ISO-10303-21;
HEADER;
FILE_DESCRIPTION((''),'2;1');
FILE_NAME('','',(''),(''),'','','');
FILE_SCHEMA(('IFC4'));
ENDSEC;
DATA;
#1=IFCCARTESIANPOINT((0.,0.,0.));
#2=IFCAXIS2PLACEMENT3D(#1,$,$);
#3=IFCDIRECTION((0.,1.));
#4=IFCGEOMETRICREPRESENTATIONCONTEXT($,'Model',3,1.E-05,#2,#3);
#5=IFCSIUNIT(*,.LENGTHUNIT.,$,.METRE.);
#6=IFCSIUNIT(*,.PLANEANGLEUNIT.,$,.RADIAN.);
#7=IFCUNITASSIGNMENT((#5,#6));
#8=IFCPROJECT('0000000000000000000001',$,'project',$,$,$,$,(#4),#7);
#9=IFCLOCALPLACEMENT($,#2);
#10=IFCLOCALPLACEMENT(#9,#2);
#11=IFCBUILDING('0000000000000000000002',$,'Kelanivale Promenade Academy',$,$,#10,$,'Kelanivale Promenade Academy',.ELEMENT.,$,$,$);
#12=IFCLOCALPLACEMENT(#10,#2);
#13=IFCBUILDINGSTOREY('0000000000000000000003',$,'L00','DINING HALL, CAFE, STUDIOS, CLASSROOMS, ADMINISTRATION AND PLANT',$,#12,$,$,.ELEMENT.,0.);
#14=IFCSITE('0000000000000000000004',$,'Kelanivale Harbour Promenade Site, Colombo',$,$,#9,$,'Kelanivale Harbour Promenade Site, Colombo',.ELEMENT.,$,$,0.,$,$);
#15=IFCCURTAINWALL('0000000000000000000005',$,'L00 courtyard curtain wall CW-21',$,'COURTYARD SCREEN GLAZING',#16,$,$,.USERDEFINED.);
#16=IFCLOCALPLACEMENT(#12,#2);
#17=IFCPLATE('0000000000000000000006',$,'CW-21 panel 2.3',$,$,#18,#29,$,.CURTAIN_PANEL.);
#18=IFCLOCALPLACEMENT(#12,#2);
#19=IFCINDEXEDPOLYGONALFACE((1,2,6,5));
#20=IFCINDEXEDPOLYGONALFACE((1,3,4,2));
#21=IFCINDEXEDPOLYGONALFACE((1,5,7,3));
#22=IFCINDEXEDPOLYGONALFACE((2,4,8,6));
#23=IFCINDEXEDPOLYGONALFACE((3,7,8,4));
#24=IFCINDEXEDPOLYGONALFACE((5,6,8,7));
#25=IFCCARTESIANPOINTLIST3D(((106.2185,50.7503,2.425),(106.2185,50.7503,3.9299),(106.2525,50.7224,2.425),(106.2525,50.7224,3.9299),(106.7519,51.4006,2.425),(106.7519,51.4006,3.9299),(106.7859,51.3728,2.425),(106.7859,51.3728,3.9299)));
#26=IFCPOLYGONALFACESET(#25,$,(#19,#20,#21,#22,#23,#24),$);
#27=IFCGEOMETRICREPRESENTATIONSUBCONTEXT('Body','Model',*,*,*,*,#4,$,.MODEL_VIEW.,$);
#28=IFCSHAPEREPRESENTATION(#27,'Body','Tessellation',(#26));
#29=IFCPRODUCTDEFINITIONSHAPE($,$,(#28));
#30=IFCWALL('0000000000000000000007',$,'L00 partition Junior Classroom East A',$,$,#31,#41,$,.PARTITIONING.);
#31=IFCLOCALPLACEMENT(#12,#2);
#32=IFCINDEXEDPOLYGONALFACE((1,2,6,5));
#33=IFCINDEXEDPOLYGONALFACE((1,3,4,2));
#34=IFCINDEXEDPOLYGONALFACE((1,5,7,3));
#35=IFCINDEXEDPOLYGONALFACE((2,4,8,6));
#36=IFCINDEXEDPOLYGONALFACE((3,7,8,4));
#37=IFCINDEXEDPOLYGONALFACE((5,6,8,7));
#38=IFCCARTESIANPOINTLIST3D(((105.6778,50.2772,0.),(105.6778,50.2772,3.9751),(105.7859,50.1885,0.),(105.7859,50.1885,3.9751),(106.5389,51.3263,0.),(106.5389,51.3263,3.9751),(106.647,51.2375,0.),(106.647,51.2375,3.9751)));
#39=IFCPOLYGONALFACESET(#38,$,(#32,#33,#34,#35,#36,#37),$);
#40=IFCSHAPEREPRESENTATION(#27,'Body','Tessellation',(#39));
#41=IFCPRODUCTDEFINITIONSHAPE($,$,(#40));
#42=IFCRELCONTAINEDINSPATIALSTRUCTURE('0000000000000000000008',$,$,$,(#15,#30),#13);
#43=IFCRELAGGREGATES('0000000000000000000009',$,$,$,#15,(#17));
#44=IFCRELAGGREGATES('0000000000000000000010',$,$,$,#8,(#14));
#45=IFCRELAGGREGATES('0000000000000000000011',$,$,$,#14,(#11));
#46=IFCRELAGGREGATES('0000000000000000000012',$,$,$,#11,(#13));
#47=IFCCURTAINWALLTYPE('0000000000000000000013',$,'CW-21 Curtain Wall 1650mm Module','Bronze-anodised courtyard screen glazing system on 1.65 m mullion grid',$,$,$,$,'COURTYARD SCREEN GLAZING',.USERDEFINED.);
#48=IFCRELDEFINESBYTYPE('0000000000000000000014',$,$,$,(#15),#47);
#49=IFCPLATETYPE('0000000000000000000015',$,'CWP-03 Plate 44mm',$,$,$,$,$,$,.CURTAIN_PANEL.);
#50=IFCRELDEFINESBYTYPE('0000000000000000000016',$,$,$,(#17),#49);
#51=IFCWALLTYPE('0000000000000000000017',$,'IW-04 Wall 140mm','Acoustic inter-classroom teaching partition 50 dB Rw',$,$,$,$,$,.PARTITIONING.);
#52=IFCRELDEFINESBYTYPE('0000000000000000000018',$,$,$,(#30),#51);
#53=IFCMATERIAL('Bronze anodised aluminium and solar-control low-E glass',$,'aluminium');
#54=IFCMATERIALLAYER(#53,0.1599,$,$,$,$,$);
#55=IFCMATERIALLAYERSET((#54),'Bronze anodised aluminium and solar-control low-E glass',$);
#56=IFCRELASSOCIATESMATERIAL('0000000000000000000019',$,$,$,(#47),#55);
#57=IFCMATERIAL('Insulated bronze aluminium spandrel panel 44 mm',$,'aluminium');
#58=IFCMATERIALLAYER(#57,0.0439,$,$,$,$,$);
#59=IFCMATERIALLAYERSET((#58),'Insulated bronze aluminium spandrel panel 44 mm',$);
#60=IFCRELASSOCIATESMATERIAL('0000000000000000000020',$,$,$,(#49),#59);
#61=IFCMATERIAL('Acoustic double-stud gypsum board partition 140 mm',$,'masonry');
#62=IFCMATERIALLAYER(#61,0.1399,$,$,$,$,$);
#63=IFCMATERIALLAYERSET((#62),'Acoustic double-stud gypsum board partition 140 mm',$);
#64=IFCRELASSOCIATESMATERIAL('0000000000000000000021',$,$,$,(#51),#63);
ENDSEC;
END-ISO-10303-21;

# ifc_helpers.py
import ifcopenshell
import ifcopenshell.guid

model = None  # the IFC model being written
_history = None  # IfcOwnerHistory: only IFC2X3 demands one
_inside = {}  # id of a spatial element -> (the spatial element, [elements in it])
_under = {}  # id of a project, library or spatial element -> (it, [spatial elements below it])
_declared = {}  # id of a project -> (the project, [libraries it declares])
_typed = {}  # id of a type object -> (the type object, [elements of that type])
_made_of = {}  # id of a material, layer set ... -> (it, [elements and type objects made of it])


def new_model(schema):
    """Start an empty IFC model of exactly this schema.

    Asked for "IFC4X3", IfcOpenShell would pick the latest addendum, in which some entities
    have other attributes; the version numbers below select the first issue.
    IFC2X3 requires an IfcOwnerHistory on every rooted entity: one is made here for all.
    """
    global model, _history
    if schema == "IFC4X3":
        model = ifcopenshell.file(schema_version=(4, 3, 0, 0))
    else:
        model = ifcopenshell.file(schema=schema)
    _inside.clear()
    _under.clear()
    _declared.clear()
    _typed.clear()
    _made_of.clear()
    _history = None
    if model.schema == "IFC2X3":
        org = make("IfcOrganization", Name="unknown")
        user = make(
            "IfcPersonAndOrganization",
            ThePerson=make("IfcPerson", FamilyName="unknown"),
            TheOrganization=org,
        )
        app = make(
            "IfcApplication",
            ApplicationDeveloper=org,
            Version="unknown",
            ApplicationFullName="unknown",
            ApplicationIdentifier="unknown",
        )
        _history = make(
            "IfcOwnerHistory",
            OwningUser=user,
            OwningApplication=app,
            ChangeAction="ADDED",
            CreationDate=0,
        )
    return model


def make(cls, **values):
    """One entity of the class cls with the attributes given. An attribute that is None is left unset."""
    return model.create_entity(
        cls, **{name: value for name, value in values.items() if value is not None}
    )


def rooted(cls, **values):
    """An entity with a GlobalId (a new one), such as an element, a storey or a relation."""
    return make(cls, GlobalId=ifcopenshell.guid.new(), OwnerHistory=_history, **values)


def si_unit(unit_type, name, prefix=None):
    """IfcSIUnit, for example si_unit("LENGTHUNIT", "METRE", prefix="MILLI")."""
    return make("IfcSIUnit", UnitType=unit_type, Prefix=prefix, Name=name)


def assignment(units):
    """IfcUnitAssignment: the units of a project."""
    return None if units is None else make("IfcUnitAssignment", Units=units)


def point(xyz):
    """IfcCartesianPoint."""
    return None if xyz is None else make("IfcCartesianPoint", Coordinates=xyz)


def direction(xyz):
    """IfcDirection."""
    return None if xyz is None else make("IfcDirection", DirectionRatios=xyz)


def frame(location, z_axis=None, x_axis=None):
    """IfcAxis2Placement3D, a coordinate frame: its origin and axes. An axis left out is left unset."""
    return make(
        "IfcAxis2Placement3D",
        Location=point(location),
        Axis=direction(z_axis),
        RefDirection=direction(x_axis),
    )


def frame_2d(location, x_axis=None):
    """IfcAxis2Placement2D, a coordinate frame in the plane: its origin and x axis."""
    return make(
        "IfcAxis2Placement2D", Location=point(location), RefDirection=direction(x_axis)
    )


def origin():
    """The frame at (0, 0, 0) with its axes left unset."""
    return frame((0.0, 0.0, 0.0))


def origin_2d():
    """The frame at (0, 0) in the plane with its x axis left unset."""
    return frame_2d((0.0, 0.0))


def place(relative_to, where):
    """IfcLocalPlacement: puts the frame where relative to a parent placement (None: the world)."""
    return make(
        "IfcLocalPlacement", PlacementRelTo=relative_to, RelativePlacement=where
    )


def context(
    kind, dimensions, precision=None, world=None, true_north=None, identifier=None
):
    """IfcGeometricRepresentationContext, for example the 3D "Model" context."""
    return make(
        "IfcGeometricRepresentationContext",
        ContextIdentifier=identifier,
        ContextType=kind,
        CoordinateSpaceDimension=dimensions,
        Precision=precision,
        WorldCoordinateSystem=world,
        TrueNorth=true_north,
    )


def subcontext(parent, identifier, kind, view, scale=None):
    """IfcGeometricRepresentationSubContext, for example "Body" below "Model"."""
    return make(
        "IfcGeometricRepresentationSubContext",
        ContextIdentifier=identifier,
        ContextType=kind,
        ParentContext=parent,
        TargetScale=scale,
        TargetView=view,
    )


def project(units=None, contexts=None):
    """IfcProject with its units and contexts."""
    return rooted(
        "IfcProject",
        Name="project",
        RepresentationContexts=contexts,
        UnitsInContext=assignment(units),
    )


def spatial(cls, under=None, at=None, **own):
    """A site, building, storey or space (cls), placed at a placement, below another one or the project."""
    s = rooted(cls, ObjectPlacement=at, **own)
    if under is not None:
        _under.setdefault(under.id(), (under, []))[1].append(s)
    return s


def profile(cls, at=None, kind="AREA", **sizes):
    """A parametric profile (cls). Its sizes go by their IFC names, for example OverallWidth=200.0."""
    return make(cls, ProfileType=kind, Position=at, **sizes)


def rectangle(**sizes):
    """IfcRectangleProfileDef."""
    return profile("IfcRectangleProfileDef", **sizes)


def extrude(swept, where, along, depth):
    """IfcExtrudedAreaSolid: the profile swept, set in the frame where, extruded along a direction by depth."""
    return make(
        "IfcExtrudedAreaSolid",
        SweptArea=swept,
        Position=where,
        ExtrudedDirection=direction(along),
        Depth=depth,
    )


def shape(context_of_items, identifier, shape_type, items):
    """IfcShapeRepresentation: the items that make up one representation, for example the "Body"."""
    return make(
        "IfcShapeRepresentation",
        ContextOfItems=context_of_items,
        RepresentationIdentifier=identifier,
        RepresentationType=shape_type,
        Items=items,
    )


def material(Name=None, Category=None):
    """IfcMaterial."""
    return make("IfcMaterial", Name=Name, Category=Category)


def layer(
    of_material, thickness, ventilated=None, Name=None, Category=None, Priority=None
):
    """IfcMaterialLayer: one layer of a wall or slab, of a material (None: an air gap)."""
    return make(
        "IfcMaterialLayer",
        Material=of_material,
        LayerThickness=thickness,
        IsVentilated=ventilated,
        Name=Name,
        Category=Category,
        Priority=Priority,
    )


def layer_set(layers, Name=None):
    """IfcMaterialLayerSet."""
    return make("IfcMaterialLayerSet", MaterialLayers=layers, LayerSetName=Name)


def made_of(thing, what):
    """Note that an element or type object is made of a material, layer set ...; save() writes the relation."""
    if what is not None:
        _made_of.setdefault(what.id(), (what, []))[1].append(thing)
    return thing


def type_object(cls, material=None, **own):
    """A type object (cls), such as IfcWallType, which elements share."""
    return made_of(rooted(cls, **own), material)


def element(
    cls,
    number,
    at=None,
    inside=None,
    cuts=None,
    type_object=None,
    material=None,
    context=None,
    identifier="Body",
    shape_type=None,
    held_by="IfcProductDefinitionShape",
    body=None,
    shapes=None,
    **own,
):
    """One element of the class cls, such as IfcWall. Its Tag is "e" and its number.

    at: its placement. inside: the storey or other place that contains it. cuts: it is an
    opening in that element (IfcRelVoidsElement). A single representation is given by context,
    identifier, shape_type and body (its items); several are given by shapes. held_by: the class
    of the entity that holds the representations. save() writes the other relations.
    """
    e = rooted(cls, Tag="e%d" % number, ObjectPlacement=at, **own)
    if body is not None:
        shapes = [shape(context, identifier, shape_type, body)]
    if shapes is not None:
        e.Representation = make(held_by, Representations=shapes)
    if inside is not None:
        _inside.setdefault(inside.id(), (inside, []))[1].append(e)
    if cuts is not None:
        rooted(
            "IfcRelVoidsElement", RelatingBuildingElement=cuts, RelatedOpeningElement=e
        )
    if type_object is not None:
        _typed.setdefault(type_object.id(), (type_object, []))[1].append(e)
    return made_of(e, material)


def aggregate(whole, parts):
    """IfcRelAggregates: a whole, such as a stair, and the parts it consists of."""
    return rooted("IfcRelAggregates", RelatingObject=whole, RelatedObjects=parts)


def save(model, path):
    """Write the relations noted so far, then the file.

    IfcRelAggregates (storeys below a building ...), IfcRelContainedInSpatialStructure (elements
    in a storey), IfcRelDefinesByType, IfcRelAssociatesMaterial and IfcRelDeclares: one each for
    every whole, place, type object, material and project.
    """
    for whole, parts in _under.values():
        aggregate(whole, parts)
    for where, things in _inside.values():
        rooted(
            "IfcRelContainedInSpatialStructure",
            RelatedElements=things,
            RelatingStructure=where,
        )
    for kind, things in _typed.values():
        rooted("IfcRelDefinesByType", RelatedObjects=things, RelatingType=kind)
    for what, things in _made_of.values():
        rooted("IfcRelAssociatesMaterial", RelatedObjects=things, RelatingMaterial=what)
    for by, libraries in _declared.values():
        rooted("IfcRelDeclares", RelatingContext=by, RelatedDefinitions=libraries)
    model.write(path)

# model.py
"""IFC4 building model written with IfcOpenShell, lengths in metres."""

from ifc_helpers import new_model, si_unit, direction, frame, frame_2d, origin, origin_2d, place, context, subcontext, project, spatial, rectangle, extrude, material, layer, layer_set, type_object, element, aggregate, save


model = new_model("IFC4")

# Units and contexts
model_context = context("Model", 3, precision=1e-05, world=origin(), true_north=direction((0.0, 1.0)))
body_context = subcontext(model_context, "Body", "Model", "MODEL_VIEW")
ifc_project = project(units=[si_unit("LENGTHUNIT", "METRE"), si_unit("PLANEANGLEUNIT", "RADIAN")], contexts=[model_context])

# Site, building, storey
site_placement = place(None, origin())
site = spatial("IfcSite", under=ifc_project, at=site_placement, Name="Kelanivale Harbour Promenade Site, Colombo", LongName="Kelanivale Harbour Promenade Site, Colombo", CompositionType="ELEMENT", RefElevation=0.0)
building_placement = place(site_placement, origin())
building = spatial("IfcBuilding", under=site, at=building_placement, Name="Kelanivale Promenade Academy", LongName="Kelanivale Promenade Academy", CompositionType="ELEMENT")
storey_placement = place(building_placement, origin())
storey = spatial("IfcBuildingStorey", under=building, at=storey_placement, Name="L00", Description="DINING HALL, CAFE, STUDIOS, CLASSROOMS, ADMINISTRATION AND PLANT", CompositionType="ELEMENT", Elevation=0.0)

# Curtain wall
ifc_material_1 = material(Name="Bronze anodised aluminium and solar-control low-E glass", Category="aluminium")
ifc_layer_1 = layer(ifc_material_1, 0.1599)
ifc_layer_set_1 = layer_set([ifc_layer_1], Name="Bronze anodised aluminium and solar-control low-E glass")
curtain_wall_type_1 = type_object("IfcCurtainWallType", Name="CW-21 Curtain Wall 1650mm Module", Description="Bronze-anodised courtyard screen glazing system on 1.65 m mullion grid", ElementType="COURTYARD SCREEN GLAZING", PredefinedType="USERDEFINED", material=ifc_layer_set_1)
curtain_wall_1_placement = place(storey_placement, origin())
curtain_wall_1 = element("IfcCurtainWall", 1, at=curtain_wall_1_placement, inside=storey, type_object=curtain_wall_type_1, Name="L00 courtyard curtain wall CW-21", ObjectType="COURTYARD SCREEN GLAZING", PredefinedType="USERDEFINED")

# Plate
ifc_material_2 = material(Name="Insulated bronze aluminium spandrel panel 44 mm", Category="aluminium")
ifc_layer_2 = layer(ifc_material_2, 0.0439)
ifc_layer_set_2 = layer_set([ifc_layer_2], Name="Insulated bronze aluminium spandrel panel 44 mm")
plate_type_1 = type_object("IfcPlateType", Name="CWP-03 Plate 44mm", PredefinedType="CURTAIN_PANEL", material=ifc_layer_set_2)
plate_1_placement = place(storey_placement, frame((106.5022, 51.0615, 2.425), z_axis=(0.0, 0.0, 1.0), x_axis=(0.634144, 0.773215, 0.0)))
plate_1 = element("IfcPlate", 2, at=plate_1_placement, type_object=plate_type_1, Name="CW-21 panel 2.3", PredefinedType="CURTAIN_PANEL", context=body_context, shape_type="SweptSolid", body=[
    extrude(rectangle(XDim=0.8411, YDim=0.0439, at=origin_2d()), origin(), (0.0, 0.0, 1.0), 1.5049),
])
aggregate(curtain_wall_1, [plate_1])

# Wall
ifc_material_3 = material(Name="Acoustic double-stud gypsum board partition 140 mm", Category="masonry")
ifc_layer_3 = layer(ifc_material_3, 0.1399)
ifc_layer_set_3 = layer_set([ifc_layer_3], Name="Acoustic double-stud gypsum board partition 140 mm")
wall_type = type_object("IfcWallType", Name="IW-04 Wall 140mm", Description="Acoustic inter-classroom teaching partition 50 dB Rw", PredefinedType="PARTITIONING", material=ifc_layer_set_3)
wall_placement = place(storey_placement, frame((106.593, 51.282, 0.0), z_axis=(0.0, 0.0, 1.0), x_axis=(-0.634452, -0.772963, 0.0)))
element("IfcWall", 3, at=wall_placement, inside=storey, type_object=wall_type, Name="L00 partition Junior Classroom East A", PredefinedType="PARTITIONING", context=body_context, shape_type="SweptSolid", body=[
    extrude(rectangle(XDim=1.3572, YDim=0.1399, at=frame_2d((0.6787, 0.0))), origin(), (0.0, 0.0, 1.0), 3.9751),
])

save(model, "model.ifc")
